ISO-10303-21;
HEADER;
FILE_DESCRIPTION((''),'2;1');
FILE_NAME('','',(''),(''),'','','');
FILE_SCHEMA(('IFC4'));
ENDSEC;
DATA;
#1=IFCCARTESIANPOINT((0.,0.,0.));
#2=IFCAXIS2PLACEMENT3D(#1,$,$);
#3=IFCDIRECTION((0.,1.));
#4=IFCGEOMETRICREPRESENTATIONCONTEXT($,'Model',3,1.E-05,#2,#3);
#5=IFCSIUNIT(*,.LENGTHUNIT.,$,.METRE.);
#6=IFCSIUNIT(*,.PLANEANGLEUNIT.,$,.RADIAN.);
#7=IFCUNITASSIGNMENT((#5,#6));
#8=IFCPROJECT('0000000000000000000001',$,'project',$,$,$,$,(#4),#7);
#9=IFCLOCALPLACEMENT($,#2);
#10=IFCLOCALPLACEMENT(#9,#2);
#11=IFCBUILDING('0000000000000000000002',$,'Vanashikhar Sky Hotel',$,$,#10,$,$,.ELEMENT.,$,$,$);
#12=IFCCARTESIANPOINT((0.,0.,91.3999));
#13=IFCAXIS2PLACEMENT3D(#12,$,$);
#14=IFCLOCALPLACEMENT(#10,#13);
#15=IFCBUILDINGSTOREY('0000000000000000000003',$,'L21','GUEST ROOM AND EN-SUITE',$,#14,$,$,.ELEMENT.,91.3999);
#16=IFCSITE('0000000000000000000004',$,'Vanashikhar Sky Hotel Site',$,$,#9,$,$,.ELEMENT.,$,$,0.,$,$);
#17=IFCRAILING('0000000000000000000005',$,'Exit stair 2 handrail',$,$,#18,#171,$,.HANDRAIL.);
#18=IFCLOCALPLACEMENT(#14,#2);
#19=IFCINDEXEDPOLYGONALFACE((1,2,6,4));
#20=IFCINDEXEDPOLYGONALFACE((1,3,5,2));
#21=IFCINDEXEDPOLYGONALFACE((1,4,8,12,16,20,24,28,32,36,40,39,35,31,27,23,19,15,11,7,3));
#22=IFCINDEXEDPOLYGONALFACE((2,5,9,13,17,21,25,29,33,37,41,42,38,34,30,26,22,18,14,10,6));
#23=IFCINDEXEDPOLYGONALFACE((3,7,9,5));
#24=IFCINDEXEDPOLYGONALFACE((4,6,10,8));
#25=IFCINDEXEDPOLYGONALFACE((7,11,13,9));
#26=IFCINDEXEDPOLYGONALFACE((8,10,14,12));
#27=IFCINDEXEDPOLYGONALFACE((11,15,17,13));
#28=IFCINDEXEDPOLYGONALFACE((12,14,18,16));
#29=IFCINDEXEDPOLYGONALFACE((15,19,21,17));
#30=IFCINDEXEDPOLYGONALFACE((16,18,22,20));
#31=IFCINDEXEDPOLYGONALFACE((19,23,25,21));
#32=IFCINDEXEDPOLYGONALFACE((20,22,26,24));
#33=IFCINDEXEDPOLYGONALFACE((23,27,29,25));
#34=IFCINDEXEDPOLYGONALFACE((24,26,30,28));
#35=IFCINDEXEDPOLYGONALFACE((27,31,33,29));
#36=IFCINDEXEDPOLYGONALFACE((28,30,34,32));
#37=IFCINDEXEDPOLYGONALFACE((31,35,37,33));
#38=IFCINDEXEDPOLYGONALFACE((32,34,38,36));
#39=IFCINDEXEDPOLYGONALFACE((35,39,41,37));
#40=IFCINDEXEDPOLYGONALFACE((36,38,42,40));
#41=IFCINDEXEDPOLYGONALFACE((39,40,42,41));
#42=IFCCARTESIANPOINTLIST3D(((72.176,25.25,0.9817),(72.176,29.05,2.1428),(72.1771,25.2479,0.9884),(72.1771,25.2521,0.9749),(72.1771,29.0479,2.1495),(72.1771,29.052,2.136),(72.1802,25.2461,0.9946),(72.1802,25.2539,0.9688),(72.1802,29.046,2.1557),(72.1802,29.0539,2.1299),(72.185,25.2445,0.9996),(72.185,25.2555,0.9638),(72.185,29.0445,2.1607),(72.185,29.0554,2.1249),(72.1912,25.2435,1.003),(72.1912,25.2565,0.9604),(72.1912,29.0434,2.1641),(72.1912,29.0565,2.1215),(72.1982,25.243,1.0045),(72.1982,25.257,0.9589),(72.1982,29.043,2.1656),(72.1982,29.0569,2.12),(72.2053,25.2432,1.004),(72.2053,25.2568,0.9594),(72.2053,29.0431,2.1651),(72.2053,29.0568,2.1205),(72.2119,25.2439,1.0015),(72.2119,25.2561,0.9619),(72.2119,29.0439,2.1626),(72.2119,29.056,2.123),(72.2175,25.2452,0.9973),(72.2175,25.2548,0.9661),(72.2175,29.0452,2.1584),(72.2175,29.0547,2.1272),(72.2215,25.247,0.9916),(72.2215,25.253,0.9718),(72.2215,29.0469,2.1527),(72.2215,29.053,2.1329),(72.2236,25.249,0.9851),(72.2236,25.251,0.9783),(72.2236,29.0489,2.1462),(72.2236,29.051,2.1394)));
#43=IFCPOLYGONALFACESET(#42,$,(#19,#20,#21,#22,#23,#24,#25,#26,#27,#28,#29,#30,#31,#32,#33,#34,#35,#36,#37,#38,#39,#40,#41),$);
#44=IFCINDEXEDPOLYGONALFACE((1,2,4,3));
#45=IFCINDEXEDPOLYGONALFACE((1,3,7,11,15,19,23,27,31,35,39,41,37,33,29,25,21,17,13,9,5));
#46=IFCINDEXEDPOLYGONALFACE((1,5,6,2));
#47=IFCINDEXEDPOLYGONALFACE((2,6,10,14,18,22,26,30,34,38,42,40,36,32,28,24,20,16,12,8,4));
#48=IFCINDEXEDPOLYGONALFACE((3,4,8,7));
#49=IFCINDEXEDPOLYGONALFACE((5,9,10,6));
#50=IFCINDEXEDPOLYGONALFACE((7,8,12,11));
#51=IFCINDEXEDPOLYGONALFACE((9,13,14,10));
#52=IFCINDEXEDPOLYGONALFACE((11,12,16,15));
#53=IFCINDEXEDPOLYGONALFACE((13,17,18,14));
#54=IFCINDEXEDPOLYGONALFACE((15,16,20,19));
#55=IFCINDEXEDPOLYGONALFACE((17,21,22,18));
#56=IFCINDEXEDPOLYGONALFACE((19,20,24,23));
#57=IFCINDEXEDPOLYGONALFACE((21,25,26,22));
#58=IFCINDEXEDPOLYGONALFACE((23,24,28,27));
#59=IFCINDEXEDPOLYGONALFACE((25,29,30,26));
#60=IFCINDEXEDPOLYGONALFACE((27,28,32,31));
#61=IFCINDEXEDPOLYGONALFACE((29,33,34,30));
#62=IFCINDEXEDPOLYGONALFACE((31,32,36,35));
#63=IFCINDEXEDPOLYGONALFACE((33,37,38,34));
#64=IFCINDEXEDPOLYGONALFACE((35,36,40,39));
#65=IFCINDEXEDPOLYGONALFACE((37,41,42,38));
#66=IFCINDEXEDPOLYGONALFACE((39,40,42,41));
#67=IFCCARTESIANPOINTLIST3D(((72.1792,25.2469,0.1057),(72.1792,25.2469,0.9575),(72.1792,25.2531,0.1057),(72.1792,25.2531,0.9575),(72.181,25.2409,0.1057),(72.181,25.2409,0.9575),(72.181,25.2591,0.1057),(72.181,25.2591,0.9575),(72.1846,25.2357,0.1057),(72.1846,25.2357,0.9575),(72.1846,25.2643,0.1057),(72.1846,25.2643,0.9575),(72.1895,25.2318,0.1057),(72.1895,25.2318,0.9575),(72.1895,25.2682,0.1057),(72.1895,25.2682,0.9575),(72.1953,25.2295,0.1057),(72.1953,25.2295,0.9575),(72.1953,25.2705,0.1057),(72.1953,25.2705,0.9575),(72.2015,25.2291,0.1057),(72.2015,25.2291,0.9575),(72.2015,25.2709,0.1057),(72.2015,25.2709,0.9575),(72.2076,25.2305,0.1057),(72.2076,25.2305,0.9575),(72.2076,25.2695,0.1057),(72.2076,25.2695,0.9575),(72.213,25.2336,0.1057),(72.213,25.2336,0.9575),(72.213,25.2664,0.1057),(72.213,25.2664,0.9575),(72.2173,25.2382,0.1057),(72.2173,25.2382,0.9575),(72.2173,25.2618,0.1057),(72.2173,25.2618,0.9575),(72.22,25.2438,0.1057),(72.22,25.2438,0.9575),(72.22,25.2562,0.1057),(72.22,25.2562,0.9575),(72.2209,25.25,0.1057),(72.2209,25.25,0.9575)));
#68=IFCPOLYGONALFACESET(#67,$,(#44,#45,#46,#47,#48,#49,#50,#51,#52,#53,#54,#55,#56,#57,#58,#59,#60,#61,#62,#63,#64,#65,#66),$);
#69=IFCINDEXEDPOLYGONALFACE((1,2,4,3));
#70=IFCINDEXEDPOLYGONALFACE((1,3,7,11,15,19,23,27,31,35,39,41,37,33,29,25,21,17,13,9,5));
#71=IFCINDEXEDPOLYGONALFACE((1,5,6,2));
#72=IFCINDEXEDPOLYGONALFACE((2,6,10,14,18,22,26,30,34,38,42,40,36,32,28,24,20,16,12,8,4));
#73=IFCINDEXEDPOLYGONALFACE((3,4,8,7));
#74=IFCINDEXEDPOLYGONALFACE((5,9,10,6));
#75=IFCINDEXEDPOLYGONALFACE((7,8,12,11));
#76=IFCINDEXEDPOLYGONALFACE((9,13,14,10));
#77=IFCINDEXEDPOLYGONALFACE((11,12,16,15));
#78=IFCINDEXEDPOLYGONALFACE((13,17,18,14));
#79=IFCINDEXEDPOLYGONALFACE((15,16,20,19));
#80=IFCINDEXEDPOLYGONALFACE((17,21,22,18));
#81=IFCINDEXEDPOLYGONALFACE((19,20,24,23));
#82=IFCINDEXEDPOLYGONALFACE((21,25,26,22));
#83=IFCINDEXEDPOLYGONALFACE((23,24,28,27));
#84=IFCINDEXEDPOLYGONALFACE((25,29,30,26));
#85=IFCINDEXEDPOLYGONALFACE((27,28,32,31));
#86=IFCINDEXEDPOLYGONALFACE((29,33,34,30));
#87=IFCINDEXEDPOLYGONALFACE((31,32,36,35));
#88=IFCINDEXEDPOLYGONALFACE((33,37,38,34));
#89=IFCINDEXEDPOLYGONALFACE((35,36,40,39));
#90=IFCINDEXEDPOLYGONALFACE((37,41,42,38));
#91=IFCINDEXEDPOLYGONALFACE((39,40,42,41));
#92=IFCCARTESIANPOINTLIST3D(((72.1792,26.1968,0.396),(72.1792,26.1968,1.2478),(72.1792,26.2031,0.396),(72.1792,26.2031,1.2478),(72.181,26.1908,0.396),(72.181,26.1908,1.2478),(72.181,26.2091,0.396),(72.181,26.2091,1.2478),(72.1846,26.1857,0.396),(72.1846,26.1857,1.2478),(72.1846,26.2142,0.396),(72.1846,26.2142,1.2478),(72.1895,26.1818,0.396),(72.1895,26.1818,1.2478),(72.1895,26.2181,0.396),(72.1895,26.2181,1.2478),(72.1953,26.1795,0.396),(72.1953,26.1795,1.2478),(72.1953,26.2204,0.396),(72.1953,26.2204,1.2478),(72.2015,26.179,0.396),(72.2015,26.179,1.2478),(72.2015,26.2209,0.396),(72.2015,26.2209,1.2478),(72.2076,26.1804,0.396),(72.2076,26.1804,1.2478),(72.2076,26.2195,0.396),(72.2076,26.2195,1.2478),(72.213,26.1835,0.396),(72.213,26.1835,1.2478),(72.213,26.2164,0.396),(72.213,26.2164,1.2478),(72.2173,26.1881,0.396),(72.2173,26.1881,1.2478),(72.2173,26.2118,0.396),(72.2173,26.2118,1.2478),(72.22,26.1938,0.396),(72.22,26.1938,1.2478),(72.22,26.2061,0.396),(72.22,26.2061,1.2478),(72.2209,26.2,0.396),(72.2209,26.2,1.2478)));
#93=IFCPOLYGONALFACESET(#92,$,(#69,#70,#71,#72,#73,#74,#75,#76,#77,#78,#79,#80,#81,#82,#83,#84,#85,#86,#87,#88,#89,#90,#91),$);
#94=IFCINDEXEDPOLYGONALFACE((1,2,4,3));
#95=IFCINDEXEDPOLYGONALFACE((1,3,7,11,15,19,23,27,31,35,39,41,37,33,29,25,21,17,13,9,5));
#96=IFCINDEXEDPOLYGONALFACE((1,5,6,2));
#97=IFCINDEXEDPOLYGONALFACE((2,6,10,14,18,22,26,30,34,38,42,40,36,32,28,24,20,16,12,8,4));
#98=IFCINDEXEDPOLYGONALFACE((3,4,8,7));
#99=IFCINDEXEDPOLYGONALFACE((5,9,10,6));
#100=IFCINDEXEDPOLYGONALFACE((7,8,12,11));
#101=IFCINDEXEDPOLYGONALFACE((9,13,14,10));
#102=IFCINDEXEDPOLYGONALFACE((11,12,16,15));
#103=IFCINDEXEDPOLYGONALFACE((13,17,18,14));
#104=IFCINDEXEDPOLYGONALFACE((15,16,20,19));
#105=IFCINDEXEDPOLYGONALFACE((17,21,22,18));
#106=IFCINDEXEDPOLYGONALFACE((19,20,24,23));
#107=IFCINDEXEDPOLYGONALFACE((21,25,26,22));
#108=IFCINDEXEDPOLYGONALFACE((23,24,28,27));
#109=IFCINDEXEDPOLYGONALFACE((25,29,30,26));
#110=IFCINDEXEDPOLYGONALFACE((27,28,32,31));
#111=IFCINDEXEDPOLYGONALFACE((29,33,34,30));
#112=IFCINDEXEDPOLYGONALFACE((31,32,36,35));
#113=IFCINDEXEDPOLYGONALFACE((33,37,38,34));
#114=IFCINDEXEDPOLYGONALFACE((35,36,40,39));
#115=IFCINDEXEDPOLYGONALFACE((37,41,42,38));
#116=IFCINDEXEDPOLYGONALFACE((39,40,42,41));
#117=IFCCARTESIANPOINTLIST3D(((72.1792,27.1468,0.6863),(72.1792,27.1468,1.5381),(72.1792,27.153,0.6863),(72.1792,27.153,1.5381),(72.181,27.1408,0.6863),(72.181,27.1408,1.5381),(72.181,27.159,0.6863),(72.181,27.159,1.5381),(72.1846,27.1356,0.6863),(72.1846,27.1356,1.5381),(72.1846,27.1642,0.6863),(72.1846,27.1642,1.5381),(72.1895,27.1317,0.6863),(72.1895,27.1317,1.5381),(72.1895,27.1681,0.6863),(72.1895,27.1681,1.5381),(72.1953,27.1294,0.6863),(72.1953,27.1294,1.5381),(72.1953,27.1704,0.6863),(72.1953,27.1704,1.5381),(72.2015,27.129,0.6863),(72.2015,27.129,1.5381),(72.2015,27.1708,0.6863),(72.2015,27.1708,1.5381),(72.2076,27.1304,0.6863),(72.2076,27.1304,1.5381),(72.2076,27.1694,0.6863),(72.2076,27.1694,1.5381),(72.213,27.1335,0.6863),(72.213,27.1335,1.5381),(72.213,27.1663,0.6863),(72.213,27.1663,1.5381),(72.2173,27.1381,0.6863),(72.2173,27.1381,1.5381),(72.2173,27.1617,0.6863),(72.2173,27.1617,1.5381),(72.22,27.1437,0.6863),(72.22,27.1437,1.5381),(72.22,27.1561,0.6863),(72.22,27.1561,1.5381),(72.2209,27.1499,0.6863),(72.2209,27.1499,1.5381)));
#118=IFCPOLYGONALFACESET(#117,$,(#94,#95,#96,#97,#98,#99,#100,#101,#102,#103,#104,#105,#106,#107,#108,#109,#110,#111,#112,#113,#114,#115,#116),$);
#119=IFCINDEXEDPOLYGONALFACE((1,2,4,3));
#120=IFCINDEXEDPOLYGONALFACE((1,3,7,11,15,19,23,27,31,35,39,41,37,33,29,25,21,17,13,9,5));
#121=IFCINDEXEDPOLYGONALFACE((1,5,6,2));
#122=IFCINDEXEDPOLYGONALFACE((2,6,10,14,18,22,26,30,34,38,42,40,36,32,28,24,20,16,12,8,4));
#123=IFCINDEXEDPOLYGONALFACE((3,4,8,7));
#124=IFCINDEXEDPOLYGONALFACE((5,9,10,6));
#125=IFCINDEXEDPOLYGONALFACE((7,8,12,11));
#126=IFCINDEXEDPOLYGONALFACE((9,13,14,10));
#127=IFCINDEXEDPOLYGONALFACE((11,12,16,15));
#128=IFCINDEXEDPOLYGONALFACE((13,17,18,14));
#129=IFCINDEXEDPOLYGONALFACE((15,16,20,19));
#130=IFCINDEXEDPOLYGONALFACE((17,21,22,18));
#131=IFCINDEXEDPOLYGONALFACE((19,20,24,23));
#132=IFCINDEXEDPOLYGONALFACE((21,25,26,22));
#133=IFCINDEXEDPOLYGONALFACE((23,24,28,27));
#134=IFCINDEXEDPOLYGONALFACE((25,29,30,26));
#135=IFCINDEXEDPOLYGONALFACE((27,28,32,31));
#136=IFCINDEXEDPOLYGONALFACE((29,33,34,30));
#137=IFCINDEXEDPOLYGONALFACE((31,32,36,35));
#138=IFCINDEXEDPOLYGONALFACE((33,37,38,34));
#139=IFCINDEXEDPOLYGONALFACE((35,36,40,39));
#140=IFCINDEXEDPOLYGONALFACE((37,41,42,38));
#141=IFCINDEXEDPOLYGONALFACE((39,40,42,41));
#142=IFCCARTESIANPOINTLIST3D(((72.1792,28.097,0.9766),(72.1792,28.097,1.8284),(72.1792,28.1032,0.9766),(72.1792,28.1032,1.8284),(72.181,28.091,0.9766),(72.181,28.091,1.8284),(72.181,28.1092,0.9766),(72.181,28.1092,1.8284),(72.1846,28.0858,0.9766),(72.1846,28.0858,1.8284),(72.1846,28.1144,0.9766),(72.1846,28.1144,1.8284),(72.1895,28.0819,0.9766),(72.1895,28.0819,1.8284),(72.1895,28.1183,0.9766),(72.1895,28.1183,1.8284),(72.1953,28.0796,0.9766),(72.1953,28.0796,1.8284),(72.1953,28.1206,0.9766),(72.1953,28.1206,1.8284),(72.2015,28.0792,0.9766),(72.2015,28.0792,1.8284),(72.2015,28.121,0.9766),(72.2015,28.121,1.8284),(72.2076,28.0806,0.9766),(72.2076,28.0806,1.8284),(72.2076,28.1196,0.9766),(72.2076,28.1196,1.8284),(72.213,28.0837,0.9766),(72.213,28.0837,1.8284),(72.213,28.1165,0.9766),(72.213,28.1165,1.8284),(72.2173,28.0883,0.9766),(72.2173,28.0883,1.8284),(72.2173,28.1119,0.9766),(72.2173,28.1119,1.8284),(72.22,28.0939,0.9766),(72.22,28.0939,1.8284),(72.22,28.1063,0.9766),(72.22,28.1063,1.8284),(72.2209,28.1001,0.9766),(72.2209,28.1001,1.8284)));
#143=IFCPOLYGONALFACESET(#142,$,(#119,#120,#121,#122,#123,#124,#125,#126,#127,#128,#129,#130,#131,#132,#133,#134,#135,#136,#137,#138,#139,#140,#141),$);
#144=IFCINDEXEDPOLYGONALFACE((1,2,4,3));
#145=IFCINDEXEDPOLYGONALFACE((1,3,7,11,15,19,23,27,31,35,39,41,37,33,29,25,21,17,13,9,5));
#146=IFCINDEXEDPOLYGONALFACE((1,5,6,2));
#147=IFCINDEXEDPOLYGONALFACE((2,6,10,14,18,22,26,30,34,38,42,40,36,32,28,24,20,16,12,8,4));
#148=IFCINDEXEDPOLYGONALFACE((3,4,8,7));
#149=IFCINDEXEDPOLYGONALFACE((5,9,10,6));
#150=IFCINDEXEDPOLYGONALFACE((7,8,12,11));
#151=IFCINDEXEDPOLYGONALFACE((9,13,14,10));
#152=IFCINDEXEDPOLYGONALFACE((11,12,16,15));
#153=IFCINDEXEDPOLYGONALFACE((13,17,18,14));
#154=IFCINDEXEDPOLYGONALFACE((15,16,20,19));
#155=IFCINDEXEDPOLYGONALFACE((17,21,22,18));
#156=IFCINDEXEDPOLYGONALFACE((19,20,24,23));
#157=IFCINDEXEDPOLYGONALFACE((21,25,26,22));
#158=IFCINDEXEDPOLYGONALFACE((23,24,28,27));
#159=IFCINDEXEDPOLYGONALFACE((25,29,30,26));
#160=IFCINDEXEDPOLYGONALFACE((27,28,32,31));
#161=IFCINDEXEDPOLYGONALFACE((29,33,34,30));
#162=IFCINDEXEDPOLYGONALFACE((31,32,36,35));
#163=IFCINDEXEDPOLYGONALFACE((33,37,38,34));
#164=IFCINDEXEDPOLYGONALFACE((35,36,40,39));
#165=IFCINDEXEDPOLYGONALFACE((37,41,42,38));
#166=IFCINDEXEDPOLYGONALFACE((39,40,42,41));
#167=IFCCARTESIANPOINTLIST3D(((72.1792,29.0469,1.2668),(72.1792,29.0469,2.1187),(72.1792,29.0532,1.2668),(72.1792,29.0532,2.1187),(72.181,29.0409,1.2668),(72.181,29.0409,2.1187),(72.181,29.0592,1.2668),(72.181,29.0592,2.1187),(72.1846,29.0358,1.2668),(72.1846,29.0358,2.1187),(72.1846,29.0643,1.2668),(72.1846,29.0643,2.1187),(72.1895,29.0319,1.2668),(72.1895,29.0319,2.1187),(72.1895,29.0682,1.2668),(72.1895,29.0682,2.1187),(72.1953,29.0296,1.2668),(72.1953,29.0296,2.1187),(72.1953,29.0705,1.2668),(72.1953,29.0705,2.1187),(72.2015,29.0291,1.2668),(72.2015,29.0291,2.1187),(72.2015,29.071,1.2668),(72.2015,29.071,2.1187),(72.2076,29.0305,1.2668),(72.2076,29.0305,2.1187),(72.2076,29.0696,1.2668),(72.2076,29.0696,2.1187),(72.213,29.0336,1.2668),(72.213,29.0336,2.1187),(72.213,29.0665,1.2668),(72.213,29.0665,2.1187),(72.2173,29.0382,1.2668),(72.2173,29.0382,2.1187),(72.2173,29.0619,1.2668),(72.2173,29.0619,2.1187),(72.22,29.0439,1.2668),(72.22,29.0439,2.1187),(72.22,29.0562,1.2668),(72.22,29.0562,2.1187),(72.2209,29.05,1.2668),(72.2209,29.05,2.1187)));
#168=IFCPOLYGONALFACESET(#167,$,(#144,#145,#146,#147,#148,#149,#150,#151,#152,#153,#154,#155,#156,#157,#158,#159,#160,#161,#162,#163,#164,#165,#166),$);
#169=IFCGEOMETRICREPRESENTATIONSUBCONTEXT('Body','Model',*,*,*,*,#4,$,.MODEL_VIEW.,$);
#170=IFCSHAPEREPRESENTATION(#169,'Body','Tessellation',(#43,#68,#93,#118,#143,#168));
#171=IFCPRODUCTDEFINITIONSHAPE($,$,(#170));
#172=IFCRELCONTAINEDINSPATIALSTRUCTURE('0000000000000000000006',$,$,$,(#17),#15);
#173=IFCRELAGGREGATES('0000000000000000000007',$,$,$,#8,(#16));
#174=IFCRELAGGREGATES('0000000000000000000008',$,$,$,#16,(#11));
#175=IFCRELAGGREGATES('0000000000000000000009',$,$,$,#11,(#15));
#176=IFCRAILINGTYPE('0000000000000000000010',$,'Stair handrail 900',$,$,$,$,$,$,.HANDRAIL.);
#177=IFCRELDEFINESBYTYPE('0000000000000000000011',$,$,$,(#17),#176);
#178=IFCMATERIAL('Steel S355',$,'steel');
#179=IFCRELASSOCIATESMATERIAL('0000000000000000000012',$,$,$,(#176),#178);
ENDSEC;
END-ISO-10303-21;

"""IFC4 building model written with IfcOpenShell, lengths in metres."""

from ifc_helpers import new_model, si_unit, direction, frame, origin, origin_2d, place, context, subcontext, project, spatial, circle, extrude, source, transform, mapped, material, type_object, element, save


model = new_model("IFC4")

# Units and contexts
model_context = context("Model", 3, precision=1e-05, world=origin(), true_north=direction((0.0, 1.0)))
body_context = subcontext(model_context, "Body", "Model", "MODEL_VIEW")
ifc_project = project(units=[si_unit("LENGTHUNIT", "METRE"), si_unit("PLANEANGLEUNIT", "RADIAN")], contexts=[model_context])

# Site, building, storey
site_placement = place(None, origin())
site = spatial("IfcSite", under=ifc_project, at=site_placement, Name="Vanashikhar Sky Hotel Site", CompositionType="ELEMENT", RefElevation=0.0)
building_placement = place(site_placement, origin())
building = spatial("IfcBuilding", under=site, at=building_placement, Name="Vanashikhar Sky Hotel", CompositionType="ELEMENT")
storey_placement = place(building_placement, frame((0.0, 0.0, 91.3999)))
storey = spatial("IfcBuildingStorey", under=building, at=storey_placement, Name="L21", Description="GUEST ROOM AND EN-SUITE", CompositionType="ELEMENT", Elevation=91.3999)

# Railing
ifc_material_1 = material(Name="Steel S355", Category="steel")
railing_type_1 = type_object("IfcRailingType", Name="Stair handrail 900", PredefinedType="HANDRAIL", material=ifc_material_1)
shared_shape_1 = source(origin(), body_context, "Body", "SweptSolid", [
    extrude(circle(Radius=0.0239, at=origin_2d()), frame((0.0, 0.0, 0.876), z_axis=(0.0, 0.956351, 0.29222), x_axis=(-1.0, 0.0, 0.0)), (0.0, 0.0, 1.0), 3.9734),
    extrude(circle(Radius=0.021, at=origin_2d()), origin(), (0.0, 0.0, 1.0), 0.8518),
    extrude(circle(Radius=0.021, at=origin_2d()), frame((0.0, 0.95, 0.2903)), (0.0, 0.0, 1.0), 0.8518),
    extrude(circle(Radius=0.021, at=origin_2d()), frame((0.0, 1.8999, 0.5806)), (0.0, 0.0, 1.0), 0.8518),
    extrude(circle(Radius=0.021, at=origin_2d()), frame((0.0, 2.8501, 0.8708)), (0.0, 0.0, 1.0), 0.8518),
    extrude(circle(Radius=0.021, at=origin_2d()), frame((0.0, 3.8, 1.1611)), (0.0, 0.0, 1.0), 0.8518),
])
for number, where, name in (
    (1, (72.2, 25.25, 0.1057), "Exit stair 2 handrail"),
):
    element("IfcRailing", number, at=place(storey_placement, frame(where)), inside=storey, type_object=railing_type_1, Name=name, PredefinedType="HANDRAIL", context=body_context, shape_type="MappedRepresentation", body=[
        mapped(shared_shape_1, transform((0.0, 0.0, 0.0), scale=1.0)),
    ])

save(model, "model.ifc")
